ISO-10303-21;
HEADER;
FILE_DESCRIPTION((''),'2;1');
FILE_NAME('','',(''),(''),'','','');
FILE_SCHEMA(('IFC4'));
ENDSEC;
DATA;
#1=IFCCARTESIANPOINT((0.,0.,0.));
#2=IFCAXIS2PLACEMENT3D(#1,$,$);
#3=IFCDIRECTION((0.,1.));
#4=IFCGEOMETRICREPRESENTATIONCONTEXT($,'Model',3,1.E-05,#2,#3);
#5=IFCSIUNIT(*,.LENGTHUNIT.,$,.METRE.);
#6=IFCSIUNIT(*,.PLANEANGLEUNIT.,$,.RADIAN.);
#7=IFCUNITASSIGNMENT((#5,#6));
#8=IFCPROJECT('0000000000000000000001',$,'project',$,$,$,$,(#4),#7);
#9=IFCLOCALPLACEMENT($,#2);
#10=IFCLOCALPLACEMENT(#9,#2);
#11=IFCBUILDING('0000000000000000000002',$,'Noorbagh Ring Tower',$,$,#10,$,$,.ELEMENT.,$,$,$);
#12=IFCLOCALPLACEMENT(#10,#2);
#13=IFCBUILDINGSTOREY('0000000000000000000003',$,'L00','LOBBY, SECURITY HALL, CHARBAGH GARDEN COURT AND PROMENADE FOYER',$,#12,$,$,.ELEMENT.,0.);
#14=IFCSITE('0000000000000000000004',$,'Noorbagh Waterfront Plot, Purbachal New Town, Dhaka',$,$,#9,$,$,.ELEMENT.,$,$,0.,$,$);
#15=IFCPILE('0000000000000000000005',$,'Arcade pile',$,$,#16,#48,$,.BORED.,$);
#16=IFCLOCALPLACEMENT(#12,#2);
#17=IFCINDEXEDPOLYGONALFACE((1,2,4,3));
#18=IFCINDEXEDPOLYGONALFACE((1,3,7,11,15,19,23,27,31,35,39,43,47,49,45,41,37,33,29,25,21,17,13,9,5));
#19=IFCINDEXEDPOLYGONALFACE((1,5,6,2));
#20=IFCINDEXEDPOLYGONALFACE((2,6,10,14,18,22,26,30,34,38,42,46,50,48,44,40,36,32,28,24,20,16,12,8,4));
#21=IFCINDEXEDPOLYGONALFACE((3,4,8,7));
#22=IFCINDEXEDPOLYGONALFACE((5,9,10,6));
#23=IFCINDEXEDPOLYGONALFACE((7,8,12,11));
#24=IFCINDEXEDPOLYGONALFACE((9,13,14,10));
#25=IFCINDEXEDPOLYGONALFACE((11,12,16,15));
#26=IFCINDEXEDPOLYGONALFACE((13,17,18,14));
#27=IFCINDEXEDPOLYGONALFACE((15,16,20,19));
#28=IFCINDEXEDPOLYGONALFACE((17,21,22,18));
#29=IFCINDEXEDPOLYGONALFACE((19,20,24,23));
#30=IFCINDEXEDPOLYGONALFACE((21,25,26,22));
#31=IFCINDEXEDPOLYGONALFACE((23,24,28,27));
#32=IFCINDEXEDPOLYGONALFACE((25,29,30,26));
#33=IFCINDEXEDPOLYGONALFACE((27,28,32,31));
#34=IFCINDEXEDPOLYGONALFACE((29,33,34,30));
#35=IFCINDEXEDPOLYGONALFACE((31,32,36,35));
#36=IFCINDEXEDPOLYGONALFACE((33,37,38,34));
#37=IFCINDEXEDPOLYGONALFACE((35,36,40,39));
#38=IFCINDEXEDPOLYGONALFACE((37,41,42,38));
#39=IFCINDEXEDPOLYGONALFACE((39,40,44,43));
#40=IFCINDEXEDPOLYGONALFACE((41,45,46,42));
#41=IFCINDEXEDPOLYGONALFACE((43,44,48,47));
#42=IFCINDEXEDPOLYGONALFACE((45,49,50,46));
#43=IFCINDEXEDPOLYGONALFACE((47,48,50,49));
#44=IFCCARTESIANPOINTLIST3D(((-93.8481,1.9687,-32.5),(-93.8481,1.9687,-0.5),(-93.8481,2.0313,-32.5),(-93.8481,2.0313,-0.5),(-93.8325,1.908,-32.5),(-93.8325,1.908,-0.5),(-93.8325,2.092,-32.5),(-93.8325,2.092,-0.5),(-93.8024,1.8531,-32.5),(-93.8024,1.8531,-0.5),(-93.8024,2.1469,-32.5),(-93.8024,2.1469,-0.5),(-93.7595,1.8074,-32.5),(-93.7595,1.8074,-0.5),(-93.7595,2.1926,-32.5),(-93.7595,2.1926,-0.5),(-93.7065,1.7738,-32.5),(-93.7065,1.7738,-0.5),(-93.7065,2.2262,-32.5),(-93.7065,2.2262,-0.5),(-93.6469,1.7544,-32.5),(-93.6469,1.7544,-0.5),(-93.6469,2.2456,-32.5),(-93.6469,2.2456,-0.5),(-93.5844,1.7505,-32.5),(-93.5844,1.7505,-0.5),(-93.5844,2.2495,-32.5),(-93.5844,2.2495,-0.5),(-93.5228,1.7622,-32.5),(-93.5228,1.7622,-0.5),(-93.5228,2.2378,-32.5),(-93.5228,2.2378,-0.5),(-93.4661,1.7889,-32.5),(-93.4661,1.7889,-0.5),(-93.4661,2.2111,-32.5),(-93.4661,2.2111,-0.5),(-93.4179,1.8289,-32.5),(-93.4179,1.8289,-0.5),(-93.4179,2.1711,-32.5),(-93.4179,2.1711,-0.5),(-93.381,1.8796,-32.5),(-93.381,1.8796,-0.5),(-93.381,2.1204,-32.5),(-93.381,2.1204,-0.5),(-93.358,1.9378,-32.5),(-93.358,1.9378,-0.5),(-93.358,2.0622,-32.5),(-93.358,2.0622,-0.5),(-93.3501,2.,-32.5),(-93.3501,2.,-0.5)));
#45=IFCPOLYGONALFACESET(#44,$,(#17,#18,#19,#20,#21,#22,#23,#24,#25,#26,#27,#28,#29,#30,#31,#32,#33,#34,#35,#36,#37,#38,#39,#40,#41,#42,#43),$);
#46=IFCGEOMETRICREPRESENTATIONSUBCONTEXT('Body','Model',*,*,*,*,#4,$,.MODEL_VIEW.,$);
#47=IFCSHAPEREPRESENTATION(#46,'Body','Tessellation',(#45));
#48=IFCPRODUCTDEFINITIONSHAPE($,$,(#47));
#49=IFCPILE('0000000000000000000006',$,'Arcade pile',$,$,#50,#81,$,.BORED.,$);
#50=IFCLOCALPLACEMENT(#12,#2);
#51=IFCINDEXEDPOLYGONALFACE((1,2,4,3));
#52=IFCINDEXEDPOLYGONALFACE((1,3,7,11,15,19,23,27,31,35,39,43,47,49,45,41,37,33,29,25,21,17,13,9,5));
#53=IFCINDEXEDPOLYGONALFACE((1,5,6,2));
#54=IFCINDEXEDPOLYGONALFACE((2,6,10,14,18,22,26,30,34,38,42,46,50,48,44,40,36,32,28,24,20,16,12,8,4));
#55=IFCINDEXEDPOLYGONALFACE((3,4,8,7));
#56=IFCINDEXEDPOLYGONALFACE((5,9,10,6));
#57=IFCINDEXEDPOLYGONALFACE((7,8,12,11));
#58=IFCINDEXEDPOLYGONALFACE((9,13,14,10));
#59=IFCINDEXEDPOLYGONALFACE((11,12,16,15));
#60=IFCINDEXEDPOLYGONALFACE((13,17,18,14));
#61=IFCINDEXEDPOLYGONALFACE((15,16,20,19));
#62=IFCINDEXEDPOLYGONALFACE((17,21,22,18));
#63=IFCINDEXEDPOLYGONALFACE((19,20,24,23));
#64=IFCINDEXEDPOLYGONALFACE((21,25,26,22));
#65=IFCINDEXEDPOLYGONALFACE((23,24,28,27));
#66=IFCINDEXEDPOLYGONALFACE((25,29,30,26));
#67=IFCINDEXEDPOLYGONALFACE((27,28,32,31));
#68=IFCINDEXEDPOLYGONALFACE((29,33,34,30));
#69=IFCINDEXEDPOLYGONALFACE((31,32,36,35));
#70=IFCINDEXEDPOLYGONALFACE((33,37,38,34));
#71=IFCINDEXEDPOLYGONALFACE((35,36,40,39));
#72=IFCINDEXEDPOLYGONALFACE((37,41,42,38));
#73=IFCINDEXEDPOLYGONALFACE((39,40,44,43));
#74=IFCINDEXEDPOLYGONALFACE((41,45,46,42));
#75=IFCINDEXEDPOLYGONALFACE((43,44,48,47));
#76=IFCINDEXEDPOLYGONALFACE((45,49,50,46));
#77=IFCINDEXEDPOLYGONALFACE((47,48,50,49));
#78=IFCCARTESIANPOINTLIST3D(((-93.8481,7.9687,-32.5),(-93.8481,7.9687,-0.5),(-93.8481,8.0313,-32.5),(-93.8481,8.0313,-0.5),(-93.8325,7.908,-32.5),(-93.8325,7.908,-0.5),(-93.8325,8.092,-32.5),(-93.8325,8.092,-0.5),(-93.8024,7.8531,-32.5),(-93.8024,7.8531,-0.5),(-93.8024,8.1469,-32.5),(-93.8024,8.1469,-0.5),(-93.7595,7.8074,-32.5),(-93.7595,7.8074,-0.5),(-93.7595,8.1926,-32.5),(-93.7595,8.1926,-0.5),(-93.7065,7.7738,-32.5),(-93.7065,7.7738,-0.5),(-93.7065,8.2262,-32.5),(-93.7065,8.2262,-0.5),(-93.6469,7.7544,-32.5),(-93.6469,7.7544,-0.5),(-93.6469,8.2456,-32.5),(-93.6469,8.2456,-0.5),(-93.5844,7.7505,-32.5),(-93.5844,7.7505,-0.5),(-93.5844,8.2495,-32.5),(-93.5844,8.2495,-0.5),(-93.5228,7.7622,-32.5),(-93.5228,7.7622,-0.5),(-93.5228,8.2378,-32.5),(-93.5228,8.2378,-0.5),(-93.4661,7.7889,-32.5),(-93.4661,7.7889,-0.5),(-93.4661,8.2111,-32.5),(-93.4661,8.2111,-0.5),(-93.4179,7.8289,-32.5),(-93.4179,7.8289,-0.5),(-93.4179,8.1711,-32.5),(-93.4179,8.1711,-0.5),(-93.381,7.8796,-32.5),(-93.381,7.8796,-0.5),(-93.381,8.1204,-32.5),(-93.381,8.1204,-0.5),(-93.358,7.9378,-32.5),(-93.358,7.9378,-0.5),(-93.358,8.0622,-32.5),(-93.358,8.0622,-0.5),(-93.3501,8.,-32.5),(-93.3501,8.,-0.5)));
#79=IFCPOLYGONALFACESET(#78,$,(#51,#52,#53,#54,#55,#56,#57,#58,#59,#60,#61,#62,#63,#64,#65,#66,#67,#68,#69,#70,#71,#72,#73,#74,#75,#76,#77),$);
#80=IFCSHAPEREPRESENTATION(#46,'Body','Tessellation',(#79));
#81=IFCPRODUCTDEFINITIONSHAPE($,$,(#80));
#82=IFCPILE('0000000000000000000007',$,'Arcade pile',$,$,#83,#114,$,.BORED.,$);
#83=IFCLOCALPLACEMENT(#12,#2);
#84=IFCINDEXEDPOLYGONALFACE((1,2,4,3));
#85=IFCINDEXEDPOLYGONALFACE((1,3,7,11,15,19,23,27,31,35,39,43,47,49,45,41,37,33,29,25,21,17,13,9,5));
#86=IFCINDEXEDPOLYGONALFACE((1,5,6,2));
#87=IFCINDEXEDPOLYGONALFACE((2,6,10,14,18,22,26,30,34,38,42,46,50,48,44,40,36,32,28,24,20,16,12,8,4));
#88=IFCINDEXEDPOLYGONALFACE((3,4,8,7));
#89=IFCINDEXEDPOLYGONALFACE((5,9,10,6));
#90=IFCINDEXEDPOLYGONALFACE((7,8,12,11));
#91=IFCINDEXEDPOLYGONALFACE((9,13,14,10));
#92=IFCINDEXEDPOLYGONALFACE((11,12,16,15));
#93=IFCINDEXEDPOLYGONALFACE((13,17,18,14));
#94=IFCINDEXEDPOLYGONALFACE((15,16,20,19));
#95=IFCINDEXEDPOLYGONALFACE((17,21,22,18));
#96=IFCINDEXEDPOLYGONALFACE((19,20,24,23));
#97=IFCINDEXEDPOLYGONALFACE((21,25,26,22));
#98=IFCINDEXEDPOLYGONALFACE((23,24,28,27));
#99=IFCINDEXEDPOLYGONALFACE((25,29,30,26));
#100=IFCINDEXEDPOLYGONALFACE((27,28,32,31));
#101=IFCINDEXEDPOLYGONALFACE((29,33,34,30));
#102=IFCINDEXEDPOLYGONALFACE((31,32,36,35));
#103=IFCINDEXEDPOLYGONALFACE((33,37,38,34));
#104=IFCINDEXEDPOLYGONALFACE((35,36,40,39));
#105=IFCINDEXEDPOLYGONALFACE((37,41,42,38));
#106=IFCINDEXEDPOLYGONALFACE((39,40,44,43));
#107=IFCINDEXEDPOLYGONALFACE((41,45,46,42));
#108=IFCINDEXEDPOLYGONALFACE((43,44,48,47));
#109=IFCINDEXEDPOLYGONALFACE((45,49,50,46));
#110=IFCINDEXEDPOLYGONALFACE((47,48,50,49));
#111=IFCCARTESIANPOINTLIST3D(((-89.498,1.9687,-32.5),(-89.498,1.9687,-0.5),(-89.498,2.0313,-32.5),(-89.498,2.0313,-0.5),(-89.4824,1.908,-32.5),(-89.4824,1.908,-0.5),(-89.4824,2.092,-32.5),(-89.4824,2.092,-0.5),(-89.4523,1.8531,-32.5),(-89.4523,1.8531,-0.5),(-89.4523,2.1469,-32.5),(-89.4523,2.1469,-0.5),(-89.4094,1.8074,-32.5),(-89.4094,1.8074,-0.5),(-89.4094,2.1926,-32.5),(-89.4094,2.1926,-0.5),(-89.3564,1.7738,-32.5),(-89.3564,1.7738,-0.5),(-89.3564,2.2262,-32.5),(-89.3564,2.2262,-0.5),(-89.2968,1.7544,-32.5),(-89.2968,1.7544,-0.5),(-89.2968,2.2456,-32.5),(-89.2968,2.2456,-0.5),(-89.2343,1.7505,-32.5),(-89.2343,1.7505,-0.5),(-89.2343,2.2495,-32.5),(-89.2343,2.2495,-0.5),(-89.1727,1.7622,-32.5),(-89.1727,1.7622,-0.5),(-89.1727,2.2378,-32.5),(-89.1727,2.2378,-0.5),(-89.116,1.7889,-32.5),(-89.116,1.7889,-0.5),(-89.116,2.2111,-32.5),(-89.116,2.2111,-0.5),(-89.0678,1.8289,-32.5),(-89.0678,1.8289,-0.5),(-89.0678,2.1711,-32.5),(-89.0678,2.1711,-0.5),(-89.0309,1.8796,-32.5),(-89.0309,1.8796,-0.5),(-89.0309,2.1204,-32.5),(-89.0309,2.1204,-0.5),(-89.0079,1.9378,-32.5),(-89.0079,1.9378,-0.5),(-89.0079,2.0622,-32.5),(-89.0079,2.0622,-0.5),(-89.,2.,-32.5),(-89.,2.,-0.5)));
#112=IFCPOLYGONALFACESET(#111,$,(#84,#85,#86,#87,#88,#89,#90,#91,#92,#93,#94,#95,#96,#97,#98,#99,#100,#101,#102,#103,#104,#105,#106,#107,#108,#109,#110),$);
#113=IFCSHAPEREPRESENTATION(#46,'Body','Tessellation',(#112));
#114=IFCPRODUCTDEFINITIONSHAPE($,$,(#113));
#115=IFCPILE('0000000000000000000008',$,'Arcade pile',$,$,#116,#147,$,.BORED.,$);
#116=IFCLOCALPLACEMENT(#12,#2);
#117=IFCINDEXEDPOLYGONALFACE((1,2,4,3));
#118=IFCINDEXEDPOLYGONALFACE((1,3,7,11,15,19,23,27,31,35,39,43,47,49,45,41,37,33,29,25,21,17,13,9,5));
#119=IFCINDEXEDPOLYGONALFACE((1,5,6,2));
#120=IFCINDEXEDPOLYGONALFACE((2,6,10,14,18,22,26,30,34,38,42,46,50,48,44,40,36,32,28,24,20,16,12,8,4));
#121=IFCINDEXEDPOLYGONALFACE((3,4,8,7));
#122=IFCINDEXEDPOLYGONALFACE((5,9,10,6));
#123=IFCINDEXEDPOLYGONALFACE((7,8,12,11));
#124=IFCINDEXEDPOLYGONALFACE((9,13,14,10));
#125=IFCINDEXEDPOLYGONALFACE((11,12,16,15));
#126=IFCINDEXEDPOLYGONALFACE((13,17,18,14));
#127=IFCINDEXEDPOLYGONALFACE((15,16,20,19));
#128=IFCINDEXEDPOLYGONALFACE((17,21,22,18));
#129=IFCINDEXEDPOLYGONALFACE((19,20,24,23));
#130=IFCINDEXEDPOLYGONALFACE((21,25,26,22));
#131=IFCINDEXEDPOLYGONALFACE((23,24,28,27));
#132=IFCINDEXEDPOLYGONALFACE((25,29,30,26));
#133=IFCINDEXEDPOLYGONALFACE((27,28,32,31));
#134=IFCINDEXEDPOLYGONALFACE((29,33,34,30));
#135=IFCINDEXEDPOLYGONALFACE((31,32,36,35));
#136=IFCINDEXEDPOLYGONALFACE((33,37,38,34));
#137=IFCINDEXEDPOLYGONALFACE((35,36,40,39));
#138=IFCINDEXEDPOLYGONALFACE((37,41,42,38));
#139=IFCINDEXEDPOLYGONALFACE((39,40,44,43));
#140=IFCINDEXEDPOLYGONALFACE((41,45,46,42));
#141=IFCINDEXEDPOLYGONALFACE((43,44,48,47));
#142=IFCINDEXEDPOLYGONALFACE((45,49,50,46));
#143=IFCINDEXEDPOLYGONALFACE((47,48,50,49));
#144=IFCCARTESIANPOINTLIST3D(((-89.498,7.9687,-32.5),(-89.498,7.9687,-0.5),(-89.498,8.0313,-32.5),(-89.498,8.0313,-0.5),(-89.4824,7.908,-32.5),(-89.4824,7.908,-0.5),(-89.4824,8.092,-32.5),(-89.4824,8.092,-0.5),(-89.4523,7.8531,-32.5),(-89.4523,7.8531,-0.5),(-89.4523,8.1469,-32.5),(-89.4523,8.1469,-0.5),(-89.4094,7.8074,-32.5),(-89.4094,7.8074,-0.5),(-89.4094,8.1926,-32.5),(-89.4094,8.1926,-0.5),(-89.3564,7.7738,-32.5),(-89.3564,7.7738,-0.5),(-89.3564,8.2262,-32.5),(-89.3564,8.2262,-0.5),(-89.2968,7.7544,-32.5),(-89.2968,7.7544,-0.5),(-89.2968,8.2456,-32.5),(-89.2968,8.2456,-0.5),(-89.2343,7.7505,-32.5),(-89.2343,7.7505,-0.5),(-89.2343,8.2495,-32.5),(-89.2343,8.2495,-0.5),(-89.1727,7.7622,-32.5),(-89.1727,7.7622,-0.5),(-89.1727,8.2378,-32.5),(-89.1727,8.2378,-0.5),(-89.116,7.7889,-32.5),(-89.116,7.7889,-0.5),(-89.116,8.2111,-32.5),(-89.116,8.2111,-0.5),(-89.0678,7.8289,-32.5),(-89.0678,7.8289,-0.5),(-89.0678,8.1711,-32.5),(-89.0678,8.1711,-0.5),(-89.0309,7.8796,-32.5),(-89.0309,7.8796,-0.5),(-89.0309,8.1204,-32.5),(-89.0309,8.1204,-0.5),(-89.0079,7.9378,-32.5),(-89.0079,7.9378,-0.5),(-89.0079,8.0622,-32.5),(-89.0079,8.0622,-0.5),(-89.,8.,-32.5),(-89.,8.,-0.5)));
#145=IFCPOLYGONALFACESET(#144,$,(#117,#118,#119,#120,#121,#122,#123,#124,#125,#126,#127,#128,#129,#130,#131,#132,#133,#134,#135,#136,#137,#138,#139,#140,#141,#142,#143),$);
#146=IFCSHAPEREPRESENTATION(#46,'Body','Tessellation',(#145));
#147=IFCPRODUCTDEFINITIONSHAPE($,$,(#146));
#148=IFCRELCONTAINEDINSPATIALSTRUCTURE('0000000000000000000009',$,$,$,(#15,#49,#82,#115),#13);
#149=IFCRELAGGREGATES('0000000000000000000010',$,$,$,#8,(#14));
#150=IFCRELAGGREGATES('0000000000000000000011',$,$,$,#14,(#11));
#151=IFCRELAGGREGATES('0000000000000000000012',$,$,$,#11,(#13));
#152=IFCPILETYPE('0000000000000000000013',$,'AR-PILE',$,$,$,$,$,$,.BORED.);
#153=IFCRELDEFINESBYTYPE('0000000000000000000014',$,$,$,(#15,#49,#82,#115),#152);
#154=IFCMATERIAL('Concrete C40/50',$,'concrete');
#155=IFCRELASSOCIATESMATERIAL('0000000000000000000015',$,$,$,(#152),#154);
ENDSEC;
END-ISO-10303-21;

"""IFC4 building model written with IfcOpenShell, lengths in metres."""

from ifc_helpers import new_model, si_unit, direction, frame, origin, origin_2d, place, context, subcontext, project, spatial, circle, extrude, material, material_profile, profile_set, type_object, element, save


model = new_model("IFC4")

# Units and contexts
model_context = context("Model", 3, precision=1e-05, world=origin(), true_north=direction((0.0, 1.0)))
body_context = subcontext(model_context, "Body", "Model", "MODEL_VIEW")
ifc_project = project(units=[si_unit("LENGTHUNIT", "METRE"), si_unit("PLANEANGLEUNIT", "RADIAN")], contexts=[model_context])

# Site, building, storey
site_placement = place(None, origin())
site = spatial("IfcSite", under=ifc_project, at=site_placement, Name="Noorbagh Waterfront Plot, Purbachal New Town, Dhaka", CompositionType="ELEMENT", RefElevation=0.0)
building_placement = place(site_placement, origin())
building = spatial("IfcBuilding", under=site, at=building_placement, Name="Noorbagh Ring Tower", CompositionType="ELEMENT")
storey_placement = place(building_placement, origin())
storey = spatial("IfcBuildingStorey", under=building, at=storey_placement, Name="L00", Description="LOBBY, SECURITY HALL, CHARBAGH GARDEN COURT AND PROMENADE FOYER", CompositionType="ELEMENT", Elevation=0.0)

# Piles
ifc_material_1 = material(Name="Concrete C40/50", Category="concrete")
ifc_material_profile_1 = material_profile(ifc_material_1, circle(Radius=0.25, at=origin_2d()), Name="PILE500")
ifc_profile_set_1 = profile_set([ifc_material_profile_1], Name="Concrete C40/50")
pile_type = type_object("IfcPileType", Name="AR-PILE", PredefinedType="BORED", material=ifc_profile_set_1)
for number, where, z_axis, x_axis, name in (
    (1, (-93.6001, 2.0, -0.5), (0.0, 0.0, -1.0), (1.0, 0.0, 0.0), "Arcade pile"),
    (2, (-93.6001, 8.0, -0.5), (0.0, 0.0, -1.0), (1.0, 0.0, 0.0), "Arcade pile"),
    (3, (-89.25, 2.0, -0.5), (0.0, 0.0, -1.0), (1.0, 0.0, 0.0), "Arcade pile"),
    (4, (-89.25, 8.0, -0.5), (0.0, 0.0, -1.0), (1.0, 0.0, 0.0), "Arcade pile"),
):
    element("IfcPile", number, at=place(storey_placement, frame(where, z_axis=z_axis, x_axis=x_axis)), inside=storey, type_object=pile_type, Name=name, PredefinedType="BORED", context=body_context, shape_type="SweptSolid", body=[
        extrude(circle(Radius=0.25, at=origin_2d()), origin(), (0.0, 0.0, 1.0), 32.0),
    ])

save(model, "model.ifc")
